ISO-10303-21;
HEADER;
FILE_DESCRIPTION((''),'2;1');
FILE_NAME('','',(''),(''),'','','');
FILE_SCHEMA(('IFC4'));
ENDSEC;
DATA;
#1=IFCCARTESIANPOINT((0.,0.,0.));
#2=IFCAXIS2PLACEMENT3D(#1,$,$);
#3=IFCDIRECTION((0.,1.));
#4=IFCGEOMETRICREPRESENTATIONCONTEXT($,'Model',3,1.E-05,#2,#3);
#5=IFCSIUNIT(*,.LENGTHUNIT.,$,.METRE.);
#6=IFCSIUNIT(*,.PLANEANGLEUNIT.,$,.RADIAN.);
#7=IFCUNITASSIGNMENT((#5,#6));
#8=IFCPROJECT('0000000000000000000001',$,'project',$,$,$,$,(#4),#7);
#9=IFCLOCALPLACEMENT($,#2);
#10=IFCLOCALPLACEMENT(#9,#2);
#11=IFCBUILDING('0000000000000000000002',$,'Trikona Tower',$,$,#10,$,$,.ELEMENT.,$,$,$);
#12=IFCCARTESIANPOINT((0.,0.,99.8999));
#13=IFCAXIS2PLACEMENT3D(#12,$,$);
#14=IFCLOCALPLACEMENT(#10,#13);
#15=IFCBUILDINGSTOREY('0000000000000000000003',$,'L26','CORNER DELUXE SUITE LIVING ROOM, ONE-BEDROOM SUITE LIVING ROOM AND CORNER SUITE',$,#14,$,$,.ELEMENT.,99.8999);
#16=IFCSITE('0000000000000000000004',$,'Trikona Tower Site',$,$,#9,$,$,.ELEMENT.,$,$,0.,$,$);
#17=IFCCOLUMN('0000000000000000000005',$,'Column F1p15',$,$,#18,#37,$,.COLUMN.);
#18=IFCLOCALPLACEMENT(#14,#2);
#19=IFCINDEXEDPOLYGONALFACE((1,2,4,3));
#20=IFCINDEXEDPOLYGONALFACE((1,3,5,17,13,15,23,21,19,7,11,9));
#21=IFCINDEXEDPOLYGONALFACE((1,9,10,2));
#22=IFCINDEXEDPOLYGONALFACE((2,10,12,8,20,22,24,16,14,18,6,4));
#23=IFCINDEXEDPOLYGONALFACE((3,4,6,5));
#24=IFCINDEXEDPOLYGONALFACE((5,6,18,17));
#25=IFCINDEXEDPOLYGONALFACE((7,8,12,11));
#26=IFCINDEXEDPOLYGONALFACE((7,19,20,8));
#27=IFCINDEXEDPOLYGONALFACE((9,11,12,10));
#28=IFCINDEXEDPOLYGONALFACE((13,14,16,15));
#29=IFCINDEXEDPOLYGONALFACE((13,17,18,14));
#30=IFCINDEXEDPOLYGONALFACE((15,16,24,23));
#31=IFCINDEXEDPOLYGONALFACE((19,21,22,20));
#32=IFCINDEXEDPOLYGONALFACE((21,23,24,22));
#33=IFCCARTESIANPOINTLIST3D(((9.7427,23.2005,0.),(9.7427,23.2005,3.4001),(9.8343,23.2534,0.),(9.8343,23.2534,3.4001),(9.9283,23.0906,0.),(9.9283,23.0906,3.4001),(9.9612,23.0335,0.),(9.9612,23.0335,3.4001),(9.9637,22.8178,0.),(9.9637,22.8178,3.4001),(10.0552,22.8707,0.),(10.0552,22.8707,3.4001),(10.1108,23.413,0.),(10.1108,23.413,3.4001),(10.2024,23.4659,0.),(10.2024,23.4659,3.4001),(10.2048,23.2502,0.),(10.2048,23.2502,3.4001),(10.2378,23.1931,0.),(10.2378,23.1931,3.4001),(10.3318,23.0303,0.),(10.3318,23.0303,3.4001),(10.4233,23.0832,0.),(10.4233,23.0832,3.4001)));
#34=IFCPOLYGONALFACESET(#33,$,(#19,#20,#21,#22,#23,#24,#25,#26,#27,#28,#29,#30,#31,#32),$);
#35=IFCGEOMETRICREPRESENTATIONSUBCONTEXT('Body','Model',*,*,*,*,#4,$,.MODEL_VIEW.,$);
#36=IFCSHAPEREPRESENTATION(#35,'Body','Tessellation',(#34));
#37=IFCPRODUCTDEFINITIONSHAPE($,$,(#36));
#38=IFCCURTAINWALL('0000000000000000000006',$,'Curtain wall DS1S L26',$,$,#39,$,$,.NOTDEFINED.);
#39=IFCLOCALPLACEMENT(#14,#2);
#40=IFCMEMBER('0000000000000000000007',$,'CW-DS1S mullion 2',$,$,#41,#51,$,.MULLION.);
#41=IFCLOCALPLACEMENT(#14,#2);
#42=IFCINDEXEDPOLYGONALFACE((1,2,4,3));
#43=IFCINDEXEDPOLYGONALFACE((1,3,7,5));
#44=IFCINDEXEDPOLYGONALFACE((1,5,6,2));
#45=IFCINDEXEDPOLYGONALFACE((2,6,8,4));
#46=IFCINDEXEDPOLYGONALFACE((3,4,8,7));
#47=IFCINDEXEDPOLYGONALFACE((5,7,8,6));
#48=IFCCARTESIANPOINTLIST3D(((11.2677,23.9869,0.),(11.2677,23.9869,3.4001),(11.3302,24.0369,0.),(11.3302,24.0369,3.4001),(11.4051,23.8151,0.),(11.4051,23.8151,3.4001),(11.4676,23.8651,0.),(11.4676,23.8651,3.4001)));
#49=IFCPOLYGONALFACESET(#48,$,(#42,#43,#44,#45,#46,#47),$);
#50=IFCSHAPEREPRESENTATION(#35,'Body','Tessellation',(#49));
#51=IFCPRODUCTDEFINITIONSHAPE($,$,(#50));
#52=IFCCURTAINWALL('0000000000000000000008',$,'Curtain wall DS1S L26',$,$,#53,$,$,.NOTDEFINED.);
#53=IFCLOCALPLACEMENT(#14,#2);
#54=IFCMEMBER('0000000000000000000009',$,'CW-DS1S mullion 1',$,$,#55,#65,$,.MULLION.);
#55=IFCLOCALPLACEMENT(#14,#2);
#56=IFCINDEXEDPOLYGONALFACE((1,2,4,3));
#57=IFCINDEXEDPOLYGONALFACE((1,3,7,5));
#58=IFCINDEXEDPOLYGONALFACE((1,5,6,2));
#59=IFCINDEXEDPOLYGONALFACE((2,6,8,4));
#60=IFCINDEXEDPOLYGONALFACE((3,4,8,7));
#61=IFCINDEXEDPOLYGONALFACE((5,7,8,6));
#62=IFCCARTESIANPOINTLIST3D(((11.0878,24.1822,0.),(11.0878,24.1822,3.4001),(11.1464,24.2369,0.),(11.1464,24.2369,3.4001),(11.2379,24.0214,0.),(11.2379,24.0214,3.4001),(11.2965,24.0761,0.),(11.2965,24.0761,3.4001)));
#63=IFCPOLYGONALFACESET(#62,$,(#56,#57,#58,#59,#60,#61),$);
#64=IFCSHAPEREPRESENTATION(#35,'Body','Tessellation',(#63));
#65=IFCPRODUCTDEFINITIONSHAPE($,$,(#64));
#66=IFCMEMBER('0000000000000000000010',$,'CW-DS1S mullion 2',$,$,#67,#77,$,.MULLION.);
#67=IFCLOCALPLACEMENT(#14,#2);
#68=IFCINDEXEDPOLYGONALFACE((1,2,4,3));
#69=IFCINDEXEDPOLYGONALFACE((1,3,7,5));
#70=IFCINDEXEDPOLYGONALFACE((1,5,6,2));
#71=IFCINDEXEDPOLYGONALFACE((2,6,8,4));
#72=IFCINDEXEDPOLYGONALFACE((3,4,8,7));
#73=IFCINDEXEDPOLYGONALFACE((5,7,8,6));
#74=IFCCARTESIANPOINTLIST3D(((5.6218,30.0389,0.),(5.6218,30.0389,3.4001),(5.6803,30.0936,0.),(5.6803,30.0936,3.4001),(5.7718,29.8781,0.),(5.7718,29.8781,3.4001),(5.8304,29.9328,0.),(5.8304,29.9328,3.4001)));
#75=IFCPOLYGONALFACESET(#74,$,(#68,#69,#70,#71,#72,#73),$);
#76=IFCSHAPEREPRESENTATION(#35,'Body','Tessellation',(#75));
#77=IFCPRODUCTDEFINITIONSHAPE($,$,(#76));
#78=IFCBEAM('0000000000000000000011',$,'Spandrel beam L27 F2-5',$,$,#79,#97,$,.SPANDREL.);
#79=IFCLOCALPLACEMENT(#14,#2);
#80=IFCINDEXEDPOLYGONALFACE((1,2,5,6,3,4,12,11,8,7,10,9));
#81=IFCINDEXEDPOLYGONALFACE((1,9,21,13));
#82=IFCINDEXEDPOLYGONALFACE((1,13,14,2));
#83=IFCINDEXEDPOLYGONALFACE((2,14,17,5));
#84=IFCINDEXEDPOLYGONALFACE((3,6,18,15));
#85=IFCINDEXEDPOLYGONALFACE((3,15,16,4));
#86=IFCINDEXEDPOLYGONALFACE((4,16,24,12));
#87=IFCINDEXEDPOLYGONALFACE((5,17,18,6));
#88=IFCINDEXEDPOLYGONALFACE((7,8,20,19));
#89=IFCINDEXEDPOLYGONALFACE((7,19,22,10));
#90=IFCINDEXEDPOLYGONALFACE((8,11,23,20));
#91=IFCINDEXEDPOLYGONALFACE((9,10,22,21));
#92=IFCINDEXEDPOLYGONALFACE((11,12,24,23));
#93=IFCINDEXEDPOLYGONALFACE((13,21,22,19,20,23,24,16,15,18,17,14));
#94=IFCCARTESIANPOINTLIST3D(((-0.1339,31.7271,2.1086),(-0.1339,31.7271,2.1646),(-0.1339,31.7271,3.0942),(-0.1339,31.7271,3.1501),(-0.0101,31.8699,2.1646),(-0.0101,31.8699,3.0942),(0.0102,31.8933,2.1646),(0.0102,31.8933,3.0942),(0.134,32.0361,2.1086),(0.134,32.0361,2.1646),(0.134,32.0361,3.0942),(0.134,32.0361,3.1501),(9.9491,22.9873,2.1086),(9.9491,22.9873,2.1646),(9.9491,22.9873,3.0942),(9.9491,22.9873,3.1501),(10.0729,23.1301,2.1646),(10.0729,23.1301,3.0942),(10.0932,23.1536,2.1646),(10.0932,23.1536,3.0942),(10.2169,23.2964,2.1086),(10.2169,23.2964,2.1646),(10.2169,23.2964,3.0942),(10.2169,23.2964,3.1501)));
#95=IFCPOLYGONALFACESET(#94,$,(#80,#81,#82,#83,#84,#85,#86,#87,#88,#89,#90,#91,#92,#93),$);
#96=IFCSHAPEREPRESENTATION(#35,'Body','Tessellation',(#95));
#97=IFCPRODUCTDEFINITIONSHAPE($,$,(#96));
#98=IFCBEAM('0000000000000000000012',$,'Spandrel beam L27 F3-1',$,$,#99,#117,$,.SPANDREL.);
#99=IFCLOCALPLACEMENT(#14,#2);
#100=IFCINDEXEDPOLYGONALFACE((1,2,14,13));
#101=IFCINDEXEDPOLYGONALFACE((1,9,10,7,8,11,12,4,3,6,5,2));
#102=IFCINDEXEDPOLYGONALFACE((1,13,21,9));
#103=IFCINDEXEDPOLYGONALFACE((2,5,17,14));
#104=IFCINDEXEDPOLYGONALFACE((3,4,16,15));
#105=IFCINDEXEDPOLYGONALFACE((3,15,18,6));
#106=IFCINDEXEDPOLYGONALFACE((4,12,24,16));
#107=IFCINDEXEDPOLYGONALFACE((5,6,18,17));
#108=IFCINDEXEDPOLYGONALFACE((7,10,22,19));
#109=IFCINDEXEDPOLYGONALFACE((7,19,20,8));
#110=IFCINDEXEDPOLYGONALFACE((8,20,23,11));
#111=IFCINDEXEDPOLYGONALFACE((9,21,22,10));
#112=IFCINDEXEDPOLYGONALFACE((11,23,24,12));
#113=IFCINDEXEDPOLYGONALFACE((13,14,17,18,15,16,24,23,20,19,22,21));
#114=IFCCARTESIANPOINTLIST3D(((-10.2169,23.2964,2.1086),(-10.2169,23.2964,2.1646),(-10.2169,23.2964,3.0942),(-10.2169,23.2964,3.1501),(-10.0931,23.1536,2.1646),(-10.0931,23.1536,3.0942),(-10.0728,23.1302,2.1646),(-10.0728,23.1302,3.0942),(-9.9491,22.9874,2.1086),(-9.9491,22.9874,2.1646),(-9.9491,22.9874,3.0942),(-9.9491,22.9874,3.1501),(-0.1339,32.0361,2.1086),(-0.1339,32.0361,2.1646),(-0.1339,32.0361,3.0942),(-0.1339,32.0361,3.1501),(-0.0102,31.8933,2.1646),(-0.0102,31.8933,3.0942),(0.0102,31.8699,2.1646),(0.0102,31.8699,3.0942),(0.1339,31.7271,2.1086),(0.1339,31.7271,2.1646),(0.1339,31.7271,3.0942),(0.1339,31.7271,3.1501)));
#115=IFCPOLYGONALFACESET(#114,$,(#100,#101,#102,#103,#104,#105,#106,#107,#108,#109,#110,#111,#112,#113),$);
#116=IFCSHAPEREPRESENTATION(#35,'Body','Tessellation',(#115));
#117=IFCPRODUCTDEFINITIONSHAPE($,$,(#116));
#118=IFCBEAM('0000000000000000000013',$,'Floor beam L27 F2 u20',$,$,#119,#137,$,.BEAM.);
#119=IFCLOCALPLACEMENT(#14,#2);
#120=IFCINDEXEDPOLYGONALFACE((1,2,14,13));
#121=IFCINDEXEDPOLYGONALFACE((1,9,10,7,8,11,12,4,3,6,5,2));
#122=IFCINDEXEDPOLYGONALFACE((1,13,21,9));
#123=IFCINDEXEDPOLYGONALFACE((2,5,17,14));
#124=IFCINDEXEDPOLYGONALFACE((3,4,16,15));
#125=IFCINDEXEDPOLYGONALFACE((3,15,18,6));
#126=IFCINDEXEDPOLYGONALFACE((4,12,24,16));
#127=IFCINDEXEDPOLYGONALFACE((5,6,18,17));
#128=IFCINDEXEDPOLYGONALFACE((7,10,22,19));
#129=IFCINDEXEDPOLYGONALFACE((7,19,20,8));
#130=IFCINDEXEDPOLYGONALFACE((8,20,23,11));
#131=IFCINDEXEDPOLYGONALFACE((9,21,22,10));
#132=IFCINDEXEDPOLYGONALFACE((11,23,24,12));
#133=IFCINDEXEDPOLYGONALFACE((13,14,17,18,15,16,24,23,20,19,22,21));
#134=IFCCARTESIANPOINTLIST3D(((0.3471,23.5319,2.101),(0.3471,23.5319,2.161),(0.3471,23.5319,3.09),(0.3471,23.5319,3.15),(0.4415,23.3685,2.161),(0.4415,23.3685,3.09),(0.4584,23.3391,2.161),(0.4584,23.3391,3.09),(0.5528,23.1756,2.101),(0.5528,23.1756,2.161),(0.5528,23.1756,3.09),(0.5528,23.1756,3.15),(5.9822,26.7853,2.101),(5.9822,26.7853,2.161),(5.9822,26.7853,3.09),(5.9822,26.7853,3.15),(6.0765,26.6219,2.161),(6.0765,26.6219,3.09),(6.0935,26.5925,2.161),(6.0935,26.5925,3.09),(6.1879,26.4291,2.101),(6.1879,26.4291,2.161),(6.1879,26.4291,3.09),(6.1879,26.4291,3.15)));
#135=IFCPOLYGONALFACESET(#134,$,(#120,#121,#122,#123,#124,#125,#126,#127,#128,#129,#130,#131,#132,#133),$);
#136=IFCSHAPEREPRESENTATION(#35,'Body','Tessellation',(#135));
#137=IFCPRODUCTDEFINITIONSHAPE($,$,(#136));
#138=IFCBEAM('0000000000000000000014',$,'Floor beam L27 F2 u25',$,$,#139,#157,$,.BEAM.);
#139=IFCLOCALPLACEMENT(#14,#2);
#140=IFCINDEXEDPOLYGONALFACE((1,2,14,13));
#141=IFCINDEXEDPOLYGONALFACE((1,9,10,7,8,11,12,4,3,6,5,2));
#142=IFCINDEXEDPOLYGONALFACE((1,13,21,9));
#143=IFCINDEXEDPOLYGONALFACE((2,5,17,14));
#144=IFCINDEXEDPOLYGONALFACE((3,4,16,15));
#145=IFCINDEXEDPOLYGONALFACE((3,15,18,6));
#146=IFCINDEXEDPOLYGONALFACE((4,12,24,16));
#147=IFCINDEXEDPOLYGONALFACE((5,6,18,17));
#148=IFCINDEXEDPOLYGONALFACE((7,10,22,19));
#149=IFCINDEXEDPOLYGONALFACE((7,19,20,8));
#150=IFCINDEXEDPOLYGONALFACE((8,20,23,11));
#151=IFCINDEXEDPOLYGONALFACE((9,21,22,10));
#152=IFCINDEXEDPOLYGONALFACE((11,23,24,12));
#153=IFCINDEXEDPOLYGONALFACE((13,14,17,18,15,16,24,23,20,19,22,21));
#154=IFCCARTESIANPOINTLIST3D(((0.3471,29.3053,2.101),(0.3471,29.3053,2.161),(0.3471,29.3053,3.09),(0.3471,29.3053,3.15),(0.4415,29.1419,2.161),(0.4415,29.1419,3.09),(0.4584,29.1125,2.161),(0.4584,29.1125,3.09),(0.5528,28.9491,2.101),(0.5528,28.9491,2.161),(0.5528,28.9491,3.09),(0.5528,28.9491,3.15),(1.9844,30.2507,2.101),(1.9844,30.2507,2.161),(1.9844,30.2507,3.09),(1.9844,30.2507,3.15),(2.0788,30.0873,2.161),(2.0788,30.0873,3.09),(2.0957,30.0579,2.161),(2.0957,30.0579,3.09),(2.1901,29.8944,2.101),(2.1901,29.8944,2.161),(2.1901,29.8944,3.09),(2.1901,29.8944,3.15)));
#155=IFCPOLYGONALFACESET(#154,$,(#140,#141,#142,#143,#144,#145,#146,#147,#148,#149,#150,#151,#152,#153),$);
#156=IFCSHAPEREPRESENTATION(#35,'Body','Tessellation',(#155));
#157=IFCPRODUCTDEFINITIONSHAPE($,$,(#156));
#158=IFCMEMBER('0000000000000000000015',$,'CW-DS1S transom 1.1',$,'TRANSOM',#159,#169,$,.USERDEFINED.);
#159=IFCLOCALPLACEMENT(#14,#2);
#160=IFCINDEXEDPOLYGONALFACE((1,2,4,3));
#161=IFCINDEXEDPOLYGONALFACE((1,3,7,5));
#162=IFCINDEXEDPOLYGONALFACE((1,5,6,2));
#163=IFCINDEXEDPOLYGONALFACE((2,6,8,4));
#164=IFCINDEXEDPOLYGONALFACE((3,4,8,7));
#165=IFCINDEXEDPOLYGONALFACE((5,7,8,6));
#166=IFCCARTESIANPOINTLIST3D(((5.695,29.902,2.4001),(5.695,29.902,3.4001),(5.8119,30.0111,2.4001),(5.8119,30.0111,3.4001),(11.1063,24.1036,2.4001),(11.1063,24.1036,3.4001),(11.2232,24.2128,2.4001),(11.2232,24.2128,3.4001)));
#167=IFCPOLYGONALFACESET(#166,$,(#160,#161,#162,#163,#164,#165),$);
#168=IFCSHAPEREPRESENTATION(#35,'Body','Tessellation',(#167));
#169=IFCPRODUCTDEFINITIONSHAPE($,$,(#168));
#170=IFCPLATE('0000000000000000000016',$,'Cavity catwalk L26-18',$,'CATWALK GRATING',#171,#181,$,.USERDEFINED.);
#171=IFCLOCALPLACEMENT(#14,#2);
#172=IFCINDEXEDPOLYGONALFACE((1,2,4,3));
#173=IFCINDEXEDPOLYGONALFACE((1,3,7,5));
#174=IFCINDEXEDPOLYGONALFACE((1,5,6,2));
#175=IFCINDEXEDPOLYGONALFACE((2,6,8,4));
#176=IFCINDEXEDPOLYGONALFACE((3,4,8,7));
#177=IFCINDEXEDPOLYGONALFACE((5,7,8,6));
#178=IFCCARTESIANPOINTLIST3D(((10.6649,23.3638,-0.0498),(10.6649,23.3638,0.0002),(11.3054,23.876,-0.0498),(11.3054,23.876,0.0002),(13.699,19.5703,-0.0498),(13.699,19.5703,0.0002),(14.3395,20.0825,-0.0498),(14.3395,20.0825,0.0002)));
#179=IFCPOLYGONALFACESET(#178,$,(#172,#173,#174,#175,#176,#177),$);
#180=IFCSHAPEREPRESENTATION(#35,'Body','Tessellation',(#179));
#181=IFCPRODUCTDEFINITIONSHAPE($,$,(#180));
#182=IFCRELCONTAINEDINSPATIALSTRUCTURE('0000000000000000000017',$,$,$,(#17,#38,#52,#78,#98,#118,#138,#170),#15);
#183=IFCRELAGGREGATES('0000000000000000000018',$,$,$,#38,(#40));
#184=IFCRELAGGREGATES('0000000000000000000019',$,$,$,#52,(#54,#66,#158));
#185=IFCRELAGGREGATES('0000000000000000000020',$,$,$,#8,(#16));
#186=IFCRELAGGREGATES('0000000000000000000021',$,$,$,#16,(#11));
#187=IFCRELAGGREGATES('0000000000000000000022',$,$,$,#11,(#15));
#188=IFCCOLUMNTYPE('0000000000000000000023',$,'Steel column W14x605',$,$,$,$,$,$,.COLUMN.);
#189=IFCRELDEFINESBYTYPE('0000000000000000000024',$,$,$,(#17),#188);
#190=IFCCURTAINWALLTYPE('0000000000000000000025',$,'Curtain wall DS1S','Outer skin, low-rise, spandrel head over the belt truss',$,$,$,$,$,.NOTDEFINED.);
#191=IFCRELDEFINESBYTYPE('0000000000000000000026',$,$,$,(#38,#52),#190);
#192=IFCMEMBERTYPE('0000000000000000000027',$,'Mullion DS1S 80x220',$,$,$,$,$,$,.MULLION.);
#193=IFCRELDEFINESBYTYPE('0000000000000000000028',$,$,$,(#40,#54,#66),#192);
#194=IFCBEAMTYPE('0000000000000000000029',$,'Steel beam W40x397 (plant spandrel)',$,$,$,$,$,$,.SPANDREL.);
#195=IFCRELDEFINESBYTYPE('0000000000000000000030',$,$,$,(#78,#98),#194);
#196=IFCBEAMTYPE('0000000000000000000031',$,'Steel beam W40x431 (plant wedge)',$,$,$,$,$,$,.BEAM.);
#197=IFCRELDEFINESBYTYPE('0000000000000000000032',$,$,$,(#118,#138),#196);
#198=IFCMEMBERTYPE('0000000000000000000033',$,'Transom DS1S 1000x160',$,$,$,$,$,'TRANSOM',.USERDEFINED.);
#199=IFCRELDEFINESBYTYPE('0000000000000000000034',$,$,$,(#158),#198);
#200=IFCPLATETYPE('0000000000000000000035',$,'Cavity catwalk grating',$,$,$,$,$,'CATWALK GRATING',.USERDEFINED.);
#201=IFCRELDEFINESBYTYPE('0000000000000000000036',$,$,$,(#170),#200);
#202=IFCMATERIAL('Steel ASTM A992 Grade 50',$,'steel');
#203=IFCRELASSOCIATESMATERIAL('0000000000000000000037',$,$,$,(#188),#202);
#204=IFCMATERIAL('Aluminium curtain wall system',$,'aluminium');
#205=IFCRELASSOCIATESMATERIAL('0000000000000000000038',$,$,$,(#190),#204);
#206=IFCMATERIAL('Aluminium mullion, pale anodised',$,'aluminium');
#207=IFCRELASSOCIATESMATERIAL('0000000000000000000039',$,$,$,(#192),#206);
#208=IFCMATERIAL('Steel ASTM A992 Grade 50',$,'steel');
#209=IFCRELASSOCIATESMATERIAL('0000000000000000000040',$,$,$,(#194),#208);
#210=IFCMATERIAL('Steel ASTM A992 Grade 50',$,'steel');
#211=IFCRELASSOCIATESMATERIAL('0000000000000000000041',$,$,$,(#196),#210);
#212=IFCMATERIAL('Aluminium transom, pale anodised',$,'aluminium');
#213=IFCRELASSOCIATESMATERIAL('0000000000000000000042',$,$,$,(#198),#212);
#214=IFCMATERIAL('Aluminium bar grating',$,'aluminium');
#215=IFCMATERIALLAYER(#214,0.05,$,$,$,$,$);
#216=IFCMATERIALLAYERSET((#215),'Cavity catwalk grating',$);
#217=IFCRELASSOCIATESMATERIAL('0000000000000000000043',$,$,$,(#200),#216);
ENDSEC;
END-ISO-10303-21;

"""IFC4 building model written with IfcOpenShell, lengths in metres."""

from ifc_helpers import new_model, si_unit, direction, frame, origin, origin_2d, place, context, subcontext, project, spatial, rectangle, i_section, extrude, material, layer, layer_set, material_profile, profile_set, type_object, element, aggregate, save


model = new_model("IFC4")

# Units and contexts
model_context = context("Model", 3, precision=1e-05, world=origin(), true_north=direction((0.0, 1.0)))
body_context = subcontext(model_context, "Body", "Model", "MODEL_VIEW")
ifc_project = project(units=[si_unit("LENGTHUNIT", "METRE"), si_unit("PLANEANGLEUNIT", "RADIAN")], contexts=[model_context])

# Site, building, storey
site_placement = place(None, origin())
site = spatial("IfcSite", under=ifc_project, at=site_placement, Name="Trikona Tower Site", CompositionType="ELEMENT", RefElevation=0.0)
building_placement = place(site_placement, origin())
building = spatial("IfcBuilding", under=site, at=building_placement, Name="Trikona Tower", CompositionType="ELEMENT")
storey_placement = place(building_placement, frame((0.0, 0.0, 99.8999)))
storey = spatial("IfcBuildingStorey", under=building, at=storey_placement, Name="L26", Description="CORNER DELUXE SUITE LIVING ROOM, ONE-BEDROOM SUITE LIVING ROOM AND CORNER SUITE", CompositionType="ELEMENT", Elevation=99.8999)

# Column
ifc_material_1 = material(Name="Steel ASTM A992 Grade 50", Category="steel")
ifc_material_profile_1 = material_profile(ifc_material_1, i_section(OverallWidth=0.4419, OverallDepth=0.5308, WebThickness=0.0659, FlangeThickness=0.1057, at=origin_2d()), Name="W14X605")
ifc_profile_set_1 = profile_set([ifc_material_profile_1], Name="Steel ASTM A992 Grade 50")
column_type = type_object("IfcColumnType", Name="Steel column W14x605", PredefinedType="COLUMN", material=ifc_profile_set_1)
column_placement = place(storey_placement, frame((10.083, 23.1418, 0.0), z_axis=(0.0, 0.0, 1.0), x_axis=(-0.5, 0.866025, 0.0)))
element("IfcColumn", 1, at=column_placement, inside=storey, type_object=column_type, Name="Column F1p15", PredefinedType="COLUMN", context=body_context, shape_type="SweptSolid", body=[
    extrude(i_section(OverallWidth=0.4419, OverallDepth=0.5308, WebThickness=0.0659, FlangeThickness=0.1057, at=origin_2d()), origin(), (0.0, 0.0, 1.0), 3.4001),
])

# Curtain wall, member
ifc_material_2 = material(Name="Aluminium curtain wall system", Category="aluminium")
curtain_wall_type = type_object("IfcCurtainWallType", Name="Curtain wall DS1S", Description="Outer skin, low-rise, spandrel head over the belt truss", PredefinedType="NOTDEFINED", material=ifc_material_2)
curtain_wall_1_placement = place(storey_placement, origin())
curtain_wall_1 = element("IfcCurtainWall", 2, at=curtain_wall_1_placement, inside=storey, type_object=curtain_wall_type, Name="Curtain wall DS1S L26", PredefinedType="NOTDEFINED")
ifc_material_3 = material(Name="Aluminium mullion, pale anodised", Category="aluminium")
ifc_material_profile_2 = material_profile(ifc_material_3, rectangle(XDim=0.0801, YDim=0.22, at=origin_2d()), Name="MUL-DS1S")
ifc_profile_set_2 = profile_set([ifc_material_profile_2], Name="Aluminium mullion, pale anodised")
member_type_1 = type_object("IfcMemberType", Name="Mullion DS1S 80x220", PredefinedType="MULLION", material=ifc_profile_set_2)
member_1_placement = place(storey_placement, frame((11.3677, 23.926, 0.0), z_axis=(0.0, 0.0, 1.0), x_axis=(-0.780938, -0.624609, 0.0)))
member_1 = element("IfcMember", 3, at=member_1_placement, type_object=member_type_1, Name="CW-DS1S mullion 2", PredefinedType="MULLION", context=body_context, shape_type="SweptSolid", body=[
    extrude(rectangle(XDim=0.0801, YDim=0.22, at=origin_2d()), origin(), (0.0, 0.0, 1.0), 3.4001),
])

# Curtain wall, members
curtain_wall_2_placement = place(storey_placement, origin())
curtain_wall_2 = element("IfcCurtainWall", 4, at=curtain_wall_2_placement, inside=storey, type_object=curtain_wall_type, Name="Curtain wall DS1S L26", PredefinedType="NOTDEFINED")
member_2_placement = place(storey_placement, frame((11.1921, 24.1292, 0.0), z_axis=(0.0, 0.0, 1.0), x_axis=(-0.731077, -0.682295, 0.0)))
member_2 = element("IfcMember", 5, at=member_2_placement, type_object=member_type_1, Name="CW-DS1S mullion 1", PredefinedType="MULLION", context=body_context, shape_type="SweptSolid", body=[
    extrude(rectangle(XDim=0.0801, YDim=0.22, at=origin_2d()), origin(), (0.0, 0.0, 1.0), 3.4001),
])
member_3_placement = place(storey_placement, frame((5.7261, 29.9858, 0.0), z_axis=(0.0, 0.0, 1.0), x_axis=(-0.731077, -0.682295, 0.0)))
member_3 = element("IfcMember", 6, at=member_3_placement, type_object=member_type_1, Name="CW-DS1S mullion 2", PredefinedType="MULLION", context=body_context, shape_type="SweptSolid", body=[
    extrude(rectangle(XDim=0.0801, YDim=0.22, at=origin_2d()), origin(), (0.0, 0.0, 1.0), 3.4001),
])

# Beams
ifc_material_4 = material(Name="Steel ASTM A992 Grade 50", Category="steel")
ifc_material_profile_3 = material_profile(ifc_material_4, i_section(OverallWidth=0.4089, OverallDepth=1.0415, WebThickness=0.031, FlangeThickness=0.0559, at=origin_2d()), Name="W40X397")
ifc_profile_set_3 = profile_set([ifc_material_profile_3], Name="Steel ASTM A992 Grade 50")
beam_type_1 = type_object("IfcBeamType", Name="Steel beam W40x397 (plant spandrel)", PredefinedType="SPANDREL", material=ifc_profile_set_3)
for number, where, z_axis, x_axis, name in (
    (7, (10.083, 23.1418, 2.6294), (-0.755647, 0.654979, 0.0), (-0.654979, -0.755647, 0.0), "Spandrel beam L27 F2-5"),
    (8, (0.0, 31.8816, 2.6294), (-0.755647, -0.654979, 0.0), (0.654979, -0.755647, 0.0), "Spandrel beam L27 F3-1"),
):
    element("IfcBeam", number, at=place(storey_placement, frame(where, z_axis=z_axis, x_axis=x_axis)), inside=storey, type_object=beam_type_1, Name=name, PredefinedType="SPANDREL", context=body_context, shape_type="SweptSolid", body=[
        extrude(i_section(OverallWidth=0.4089, OverallDepth=1.0415, WebThickness=0.031, FlangeThickness=0.0559, at=origin_2d()), origin(), (0.0, 0.0, 1.0), 13.3435),
    ])
ifc_material_5 = material(Name="Steel ASTM A992 Grade 50", Category="steel")
ifc_material_profile_4 = material_profile(ifc_material_5, i_section(OverallWidth=0.4114, OverallDepth=1.0491, WebThickness=0.0339, FlangeThickness=0.0601, at=origin_2d()), Name="W40X431")
ifc_profile_set_4 = profile_set([ifc_material_profile_4], Name="Steel ASTM A992 Grade 50")
beam_type_2 = type_object("IfcBeamType", Name="Steel beam W40x431 (plant wedge)", PredefinedType="BEAM", material=ifc_profile_set_4)
beam_1_placement = place(storey_placement, frame((0.45, 23.3538, 2.6255), z_axis=(0.866023, 0.500005, 0.0), x_axis=(-0.500005, 0.866023, 0.0)))
element("IfcBeam", 9, at=beam_1_placement, inside=storey, type_object=beam_type_2, Name="Floor beam L27 F2 u20", PredefinedType="BEAM", context=body_context, shape_type="SweptSolid", body=[
    extrude(i_section(OverallWidth=0.4114, OverallDepth=1.0491, WebThickness=0.0339, FlangeThickness=0.0601, at=origin_2d()), origin(), (0.0, 0.0, 1.0), 6.5068),
])
beam_2_placement = place(storey_placement, frame((0.45, 29.1272, 2.6255), z_axis=(0.866009, 0.500028, 0.0), x_axis=(-0.500028, 0.866009, 0.0)))
element("IfcBeam", 10, at=beam_2_placement, inside=storey, type_object=beam_type_2, Name="Floor beam L27 F2 u25", PredefinedType="BEAM", context=body_context, shape_type="SweptSolid", body=[
    extrude(i_section(OverallWidth=0.4114, OverallDepth=1.0491, WebThickness=0.0339, FlangeThickness=0.0601, at=origin_2d()), origin(), (0.0, 0.0, 1.0), 1.8906),
])

# Member
ifc_material_6 = material(Name="Aluminium transom, pale anodised", Category="aluminium")
ifc_material_profile_5 = material_profile(ifc_material_6, rectangle(XDim=0.1599, YDim=1.0, at=origin_2d()), Name="TRN-DS1S")
ifc_profile_set_5 = profile_set([ifc_material_profile_5], Name="Aluminium transom, pale anodised")
member_type_2 = type_object("IfcMemberType", Name="Transom DS1S 1000x160", ElementType="TRANSOM", PredefinedType="USERDEFINED", material=ifc_profile_set_5)
member_4_placement = place(storey_placement, frame((11.1648, 24.1582, 2.9001), z_axis=(-0.682291, 0.731081, 0.0), x_axis=(-0.731081, -0.682291, 0.0)))
member_4 = element("IfcMember", 11, at=member_4_placement, type_object=member_type_2, Name="CW-DS1S transom 1.1", ObjectType="TRANSOM", PredefinedType="USERDEFINED", context=body_context, shape_type="SweptSolid", body=[
    extrude(rectangle(XDim=0.1599, YDim=1.0, at=origin_2d()), origin(), (0.0, 0.0, 1.0), 7.9312),
])

# Plate
ifc_material_7 = material(Name="Aluminium bar grating", Category="aluminium")
ifc_layer_1 = layer(ifc_material_7, 0.05)
ifc_layer_set_1 = layer_set([ifc_layer_1], Name="Cavity catwalk grating")
plate_type_1 = type_object("IfcPlateType", Name="Cavity catwalk grating", ElementType="CATWALK GRATING", PredefinedType="USERDEFINED", material=ifc_layer_set_1)
plate_1_placement = place(storey_placement, frame((12.5022, 21.7231, -0.0498), z_axis=(0.0, 0.0, 1.0), x_axis=(-0.624604, 0.780942, 0.0)))
element("IfcPlate", 12, at=plate_1_placement, inside=storey, type_object=plate_type_1, Name="Cavity catwalk L26-18", ObjectType="CATWALK GRATING", PredefinedType="USERDEFINED", context=body_context, shape_type="SweptSolid", body=[
    extrude(rectangle(XDim=4.8577, YDim=0.8201, at=origin_2d()), origin(), (0.0, 0.0, 1.0), 0.05),
])

aggregate(curtain_wall_1, [member_1])
aggregate(curtain_wall_2, [member_2, member_3, member_4])

save(model, "model.ifc")
